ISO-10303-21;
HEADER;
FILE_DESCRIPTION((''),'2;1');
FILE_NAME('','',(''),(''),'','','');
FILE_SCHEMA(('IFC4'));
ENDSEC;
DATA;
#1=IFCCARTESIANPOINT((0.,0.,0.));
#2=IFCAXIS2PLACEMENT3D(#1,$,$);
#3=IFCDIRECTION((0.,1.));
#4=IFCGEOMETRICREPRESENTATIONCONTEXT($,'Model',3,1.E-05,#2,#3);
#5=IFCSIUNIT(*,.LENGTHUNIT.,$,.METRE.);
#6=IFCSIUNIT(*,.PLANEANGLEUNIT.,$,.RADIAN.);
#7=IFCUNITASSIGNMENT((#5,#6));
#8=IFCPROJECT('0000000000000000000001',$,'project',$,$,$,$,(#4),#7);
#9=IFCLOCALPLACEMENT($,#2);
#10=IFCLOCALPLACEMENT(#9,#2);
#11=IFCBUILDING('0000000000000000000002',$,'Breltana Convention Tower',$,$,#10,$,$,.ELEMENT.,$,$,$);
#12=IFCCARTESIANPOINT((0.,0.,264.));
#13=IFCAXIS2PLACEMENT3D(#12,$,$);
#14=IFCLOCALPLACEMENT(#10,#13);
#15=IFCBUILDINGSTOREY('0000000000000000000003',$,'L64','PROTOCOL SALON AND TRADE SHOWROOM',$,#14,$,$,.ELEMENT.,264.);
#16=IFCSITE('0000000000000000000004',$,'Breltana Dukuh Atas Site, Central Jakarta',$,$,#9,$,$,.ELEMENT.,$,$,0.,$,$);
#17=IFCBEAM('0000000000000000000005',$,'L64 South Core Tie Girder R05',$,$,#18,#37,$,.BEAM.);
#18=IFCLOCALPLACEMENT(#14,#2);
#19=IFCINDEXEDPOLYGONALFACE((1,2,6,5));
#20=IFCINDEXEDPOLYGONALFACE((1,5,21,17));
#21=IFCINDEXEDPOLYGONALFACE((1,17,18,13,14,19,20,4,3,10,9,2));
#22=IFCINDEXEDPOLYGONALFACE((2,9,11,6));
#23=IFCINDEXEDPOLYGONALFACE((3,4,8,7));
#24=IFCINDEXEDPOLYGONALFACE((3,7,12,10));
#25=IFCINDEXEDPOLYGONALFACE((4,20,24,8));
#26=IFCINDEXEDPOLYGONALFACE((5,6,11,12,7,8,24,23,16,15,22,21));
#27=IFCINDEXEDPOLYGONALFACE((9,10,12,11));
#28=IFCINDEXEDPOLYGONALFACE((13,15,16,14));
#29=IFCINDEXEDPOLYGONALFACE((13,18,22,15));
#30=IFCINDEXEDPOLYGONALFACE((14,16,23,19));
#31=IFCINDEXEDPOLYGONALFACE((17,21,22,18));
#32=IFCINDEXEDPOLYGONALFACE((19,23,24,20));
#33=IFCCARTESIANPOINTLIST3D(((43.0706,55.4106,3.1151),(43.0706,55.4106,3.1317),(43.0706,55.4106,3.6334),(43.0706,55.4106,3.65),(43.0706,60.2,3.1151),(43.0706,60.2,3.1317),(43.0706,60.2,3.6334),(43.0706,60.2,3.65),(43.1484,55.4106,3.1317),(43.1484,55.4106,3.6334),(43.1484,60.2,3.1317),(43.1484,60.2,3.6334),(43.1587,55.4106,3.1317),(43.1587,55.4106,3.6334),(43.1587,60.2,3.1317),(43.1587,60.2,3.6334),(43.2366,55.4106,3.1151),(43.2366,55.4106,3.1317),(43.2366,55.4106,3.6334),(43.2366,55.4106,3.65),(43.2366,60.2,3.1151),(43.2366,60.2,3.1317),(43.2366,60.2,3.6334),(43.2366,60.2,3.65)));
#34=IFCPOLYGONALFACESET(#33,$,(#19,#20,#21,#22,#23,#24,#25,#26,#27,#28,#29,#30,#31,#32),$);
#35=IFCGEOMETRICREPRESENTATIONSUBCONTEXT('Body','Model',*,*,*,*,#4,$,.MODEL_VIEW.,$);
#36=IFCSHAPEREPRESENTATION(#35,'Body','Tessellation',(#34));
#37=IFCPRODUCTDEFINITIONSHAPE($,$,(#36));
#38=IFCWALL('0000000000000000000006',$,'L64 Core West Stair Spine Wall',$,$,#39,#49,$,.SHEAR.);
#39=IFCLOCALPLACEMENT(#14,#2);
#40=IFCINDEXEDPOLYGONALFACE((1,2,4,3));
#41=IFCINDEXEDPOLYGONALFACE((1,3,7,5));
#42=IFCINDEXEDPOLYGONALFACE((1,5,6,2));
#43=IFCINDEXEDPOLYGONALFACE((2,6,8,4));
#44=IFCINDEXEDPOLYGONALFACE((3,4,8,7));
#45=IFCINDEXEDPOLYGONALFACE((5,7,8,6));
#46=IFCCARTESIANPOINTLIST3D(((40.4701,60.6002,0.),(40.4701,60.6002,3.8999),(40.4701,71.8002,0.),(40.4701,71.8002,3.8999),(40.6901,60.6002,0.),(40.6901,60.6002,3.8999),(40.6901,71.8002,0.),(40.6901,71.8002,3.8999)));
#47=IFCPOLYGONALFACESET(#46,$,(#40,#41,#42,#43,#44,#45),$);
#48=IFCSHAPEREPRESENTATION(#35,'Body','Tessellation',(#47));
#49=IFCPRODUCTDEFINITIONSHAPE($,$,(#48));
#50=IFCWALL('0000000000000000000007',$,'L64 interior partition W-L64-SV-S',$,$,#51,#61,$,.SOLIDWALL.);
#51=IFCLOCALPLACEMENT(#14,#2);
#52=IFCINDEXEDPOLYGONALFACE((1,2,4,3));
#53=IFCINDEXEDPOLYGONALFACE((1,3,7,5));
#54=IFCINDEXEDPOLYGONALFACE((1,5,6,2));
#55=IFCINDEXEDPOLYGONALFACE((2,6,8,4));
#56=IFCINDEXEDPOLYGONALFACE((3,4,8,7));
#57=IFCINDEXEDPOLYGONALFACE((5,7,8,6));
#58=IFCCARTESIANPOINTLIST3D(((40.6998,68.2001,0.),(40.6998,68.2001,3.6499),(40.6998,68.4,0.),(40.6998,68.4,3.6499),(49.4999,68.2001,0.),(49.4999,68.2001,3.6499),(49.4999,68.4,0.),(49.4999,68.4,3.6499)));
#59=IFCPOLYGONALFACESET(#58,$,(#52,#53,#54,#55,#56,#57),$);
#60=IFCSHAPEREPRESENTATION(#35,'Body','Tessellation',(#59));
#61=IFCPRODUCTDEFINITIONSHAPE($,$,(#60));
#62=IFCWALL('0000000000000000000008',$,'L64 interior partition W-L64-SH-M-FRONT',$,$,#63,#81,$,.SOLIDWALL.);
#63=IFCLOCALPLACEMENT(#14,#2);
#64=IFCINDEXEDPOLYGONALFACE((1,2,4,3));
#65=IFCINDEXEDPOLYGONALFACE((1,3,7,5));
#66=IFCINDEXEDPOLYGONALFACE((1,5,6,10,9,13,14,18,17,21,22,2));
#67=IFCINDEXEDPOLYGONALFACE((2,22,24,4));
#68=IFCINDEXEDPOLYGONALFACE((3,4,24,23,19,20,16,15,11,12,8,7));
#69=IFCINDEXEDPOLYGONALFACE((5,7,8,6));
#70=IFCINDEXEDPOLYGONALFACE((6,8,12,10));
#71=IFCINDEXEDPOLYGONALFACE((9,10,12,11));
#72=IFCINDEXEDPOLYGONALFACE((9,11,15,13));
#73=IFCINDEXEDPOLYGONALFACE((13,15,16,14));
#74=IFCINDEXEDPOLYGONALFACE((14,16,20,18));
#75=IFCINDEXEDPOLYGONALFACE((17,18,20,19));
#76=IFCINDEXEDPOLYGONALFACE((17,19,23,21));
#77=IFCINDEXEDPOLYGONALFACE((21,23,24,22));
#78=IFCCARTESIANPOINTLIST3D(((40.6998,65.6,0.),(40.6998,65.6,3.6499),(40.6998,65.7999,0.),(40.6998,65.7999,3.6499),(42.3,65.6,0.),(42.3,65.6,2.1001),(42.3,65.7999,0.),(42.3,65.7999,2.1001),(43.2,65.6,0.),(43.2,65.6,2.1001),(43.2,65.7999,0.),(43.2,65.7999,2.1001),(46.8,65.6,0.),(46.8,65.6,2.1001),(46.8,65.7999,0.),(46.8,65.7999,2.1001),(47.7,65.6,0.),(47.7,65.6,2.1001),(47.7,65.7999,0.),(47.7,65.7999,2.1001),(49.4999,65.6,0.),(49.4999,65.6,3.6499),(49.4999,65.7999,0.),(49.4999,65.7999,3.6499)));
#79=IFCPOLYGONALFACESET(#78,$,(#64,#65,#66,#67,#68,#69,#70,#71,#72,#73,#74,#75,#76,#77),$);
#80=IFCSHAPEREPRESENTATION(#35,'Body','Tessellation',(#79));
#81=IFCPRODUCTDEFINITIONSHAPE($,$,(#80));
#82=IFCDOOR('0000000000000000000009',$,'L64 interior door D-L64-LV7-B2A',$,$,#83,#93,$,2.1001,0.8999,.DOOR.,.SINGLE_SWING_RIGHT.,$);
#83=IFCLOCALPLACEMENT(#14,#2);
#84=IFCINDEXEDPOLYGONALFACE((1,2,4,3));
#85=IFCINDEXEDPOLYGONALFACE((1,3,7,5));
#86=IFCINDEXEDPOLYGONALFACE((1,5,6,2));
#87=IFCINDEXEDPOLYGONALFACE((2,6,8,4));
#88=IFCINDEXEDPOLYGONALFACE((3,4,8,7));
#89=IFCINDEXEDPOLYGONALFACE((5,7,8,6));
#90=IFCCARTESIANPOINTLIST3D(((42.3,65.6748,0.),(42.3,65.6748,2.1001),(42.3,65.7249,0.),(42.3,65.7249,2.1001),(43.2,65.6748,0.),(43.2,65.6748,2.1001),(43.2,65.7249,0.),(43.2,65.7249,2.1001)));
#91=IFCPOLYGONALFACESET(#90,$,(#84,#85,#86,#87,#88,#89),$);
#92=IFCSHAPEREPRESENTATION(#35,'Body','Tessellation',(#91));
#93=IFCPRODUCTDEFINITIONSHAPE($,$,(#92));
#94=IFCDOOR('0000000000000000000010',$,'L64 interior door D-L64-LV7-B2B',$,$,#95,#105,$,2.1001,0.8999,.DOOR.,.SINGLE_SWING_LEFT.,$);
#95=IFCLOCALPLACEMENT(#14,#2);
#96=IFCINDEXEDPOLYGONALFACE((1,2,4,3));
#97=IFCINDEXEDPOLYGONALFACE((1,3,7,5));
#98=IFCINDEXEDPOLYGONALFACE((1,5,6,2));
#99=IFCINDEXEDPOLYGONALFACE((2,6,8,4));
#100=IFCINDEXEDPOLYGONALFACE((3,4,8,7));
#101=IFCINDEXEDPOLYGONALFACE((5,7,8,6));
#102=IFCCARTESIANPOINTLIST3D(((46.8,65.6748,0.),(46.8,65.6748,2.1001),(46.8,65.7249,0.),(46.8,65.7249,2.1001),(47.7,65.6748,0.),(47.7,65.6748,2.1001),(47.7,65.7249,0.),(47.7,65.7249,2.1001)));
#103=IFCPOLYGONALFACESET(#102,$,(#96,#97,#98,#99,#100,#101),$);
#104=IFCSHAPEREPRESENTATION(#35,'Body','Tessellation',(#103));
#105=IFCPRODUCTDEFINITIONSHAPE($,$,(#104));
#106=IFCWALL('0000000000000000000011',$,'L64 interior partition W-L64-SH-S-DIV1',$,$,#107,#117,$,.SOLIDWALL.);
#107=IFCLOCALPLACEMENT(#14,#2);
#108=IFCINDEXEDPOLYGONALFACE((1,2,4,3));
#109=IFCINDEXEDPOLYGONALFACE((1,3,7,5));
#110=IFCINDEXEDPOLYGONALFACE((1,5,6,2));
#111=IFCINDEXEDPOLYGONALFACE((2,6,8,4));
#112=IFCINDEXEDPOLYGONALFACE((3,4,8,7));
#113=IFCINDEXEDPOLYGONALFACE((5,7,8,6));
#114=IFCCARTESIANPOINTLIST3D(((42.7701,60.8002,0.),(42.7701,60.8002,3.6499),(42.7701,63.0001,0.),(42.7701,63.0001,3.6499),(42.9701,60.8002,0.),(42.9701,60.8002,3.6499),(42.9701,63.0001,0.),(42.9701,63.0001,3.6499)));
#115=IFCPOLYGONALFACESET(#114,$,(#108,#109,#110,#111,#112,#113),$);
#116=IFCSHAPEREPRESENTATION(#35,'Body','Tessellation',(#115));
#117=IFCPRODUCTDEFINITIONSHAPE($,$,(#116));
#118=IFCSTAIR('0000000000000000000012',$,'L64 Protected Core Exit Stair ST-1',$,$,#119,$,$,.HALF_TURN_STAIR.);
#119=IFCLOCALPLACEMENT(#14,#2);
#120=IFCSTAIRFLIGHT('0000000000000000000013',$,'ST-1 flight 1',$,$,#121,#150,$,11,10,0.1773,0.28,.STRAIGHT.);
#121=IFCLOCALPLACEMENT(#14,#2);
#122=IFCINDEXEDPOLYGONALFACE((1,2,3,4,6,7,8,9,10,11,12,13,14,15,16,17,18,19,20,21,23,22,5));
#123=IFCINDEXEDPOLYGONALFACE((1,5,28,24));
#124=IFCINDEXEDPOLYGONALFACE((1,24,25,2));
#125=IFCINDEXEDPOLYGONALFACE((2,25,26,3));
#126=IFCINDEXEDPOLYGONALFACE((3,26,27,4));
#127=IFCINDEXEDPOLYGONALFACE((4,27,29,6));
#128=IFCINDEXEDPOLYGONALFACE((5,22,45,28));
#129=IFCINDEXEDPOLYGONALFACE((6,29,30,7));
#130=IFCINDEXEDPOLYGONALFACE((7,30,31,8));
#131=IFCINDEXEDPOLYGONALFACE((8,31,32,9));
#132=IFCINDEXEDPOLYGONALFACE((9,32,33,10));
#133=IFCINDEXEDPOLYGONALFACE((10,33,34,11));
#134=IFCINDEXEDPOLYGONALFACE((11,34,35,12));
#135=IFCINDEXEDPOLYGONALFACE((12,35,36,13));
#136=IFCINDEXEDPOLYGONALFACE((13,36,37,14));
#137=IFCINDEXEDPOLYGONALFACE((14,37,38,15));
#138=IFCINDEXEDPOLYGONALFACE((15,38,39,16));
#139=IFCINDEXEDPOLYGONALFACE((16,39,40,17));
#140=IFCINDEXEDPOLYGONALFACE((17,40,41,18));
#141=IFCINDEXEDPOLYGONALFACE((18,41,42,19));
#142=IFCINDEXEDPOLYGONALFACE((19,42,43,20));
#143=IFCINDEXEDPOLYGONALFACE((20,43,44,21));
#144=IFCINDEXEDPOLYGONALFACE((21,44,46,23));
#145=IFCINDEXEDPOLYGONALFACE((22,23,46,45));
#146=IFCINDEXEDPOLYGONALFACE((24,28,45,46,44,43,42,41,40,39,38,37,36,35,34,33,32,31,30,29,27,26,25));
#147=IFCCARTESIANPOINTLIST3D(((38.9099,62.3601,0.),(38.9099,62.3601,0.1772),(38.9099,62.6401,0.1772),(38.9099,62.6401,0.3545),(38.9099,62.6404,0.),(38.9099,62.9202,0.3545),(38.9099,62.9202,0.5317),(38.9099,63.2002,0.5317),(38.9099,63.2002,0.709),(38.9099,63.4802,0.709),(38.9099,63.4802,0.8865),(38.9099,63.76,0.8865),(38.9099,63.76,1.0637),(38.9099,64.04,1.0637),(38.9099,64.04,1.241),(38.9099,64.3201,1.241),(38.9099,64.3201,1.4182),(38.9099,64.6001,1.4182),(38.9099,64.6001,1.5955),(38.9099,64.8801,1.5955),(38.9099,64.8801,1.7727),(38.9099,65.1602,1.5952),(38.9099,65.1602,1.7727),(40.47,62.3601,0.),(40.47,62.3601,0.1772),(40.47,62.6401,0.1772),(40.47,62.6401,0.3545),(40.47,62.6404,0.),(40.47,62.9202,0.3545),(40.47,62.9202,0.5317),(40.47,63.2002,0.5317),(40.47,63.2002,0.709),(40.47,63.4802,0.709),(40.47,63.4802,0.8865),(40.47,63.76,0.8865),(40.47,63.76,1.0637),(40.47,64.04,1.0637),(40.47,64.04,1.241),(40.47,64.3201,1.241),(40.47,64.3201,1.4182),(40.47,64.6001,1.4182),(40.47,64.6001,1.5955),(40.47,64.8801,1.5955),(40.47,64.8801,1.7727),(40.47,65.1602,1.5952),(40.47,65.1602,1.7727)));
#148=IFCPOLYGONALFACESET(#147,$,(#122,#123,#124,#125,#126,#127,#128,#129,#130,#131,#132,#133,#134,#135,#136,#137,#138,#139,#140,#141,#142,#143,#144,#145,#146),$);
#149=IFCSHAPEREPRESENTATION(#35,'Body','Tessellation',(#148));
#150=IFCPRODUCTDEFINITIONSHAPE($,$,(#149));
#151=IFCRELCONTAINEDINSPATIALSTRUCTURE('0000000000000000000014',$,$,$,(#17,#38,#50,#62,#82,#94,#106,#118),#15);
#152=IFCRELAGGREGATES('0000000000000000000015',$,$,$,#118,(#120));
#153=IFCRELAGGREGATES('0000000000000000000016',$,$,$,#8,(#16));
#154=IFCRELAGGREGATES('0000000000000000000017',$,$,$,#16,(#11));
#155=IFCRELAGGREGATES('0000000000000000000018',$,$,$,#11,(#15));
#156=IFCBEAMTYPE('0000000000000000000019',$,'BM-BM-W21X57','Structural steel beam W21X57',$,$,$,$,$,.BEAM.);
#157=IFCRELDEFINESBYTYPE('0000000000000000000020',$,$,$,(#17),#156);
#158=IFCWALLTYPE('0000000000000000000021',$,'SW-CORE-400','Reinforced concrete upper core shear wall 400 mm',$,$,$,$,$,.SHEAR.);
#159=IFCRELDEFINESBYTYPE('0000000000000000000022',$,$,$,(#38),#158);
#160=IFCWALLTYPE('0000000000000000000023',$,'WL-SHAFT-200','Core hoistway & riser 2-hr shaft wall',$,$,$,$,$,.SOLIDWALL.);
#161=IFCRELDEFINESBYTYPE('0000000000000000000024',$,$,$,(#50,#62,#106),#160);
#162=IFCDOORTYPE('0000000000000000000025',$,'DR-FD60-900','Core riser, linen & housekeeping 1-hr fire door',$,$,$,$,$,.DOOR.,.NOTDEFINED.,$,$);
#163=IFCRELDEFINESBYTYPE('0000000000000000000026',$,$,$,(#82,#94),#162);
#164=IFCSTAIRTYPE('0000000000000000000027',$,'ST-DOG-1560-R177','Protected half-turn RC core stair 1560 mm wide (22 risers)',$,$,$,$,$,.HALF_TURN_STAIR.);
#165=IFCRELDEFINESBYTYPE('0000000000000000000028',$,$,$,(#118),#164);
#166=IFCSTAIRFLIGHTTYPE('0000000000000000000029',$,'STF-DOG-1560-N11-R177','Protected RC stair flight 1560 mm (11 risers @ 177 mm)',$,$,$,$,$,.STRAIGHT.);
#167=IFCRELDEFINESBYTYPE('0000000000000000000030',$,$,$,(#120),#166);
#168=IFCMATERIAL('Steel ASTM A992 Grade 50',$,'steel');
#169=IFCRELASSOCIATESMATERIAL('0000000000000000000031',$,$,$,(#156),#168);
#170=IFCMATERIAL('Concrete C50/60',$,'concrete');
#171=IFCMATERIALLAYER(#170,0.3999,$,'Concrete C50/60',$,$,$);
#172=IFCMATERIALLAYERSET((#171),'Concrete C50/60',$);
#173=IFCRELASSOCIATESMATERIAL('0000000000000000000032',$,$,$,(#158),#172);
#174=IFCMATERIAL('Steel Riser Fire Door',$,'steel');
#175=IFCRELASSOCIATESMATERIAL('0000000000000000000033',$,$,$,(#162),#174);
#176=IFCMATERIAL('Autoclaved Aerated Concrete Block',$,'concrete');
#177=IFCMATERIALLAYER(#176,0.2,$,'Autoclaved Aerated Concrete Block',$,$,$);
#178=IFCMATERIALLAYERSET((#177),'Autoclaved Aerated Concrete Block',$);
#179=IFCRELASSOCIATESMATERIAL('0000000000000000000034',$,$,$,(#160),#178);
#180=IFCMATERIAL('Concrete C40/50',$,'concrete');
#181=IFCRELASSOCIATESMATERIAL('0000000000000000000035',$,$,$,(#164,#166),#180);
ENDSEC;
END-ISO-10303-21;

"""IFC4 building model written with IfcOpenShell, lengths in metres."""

from ifc_helpers import new_model, si_unit, direction, frame, frame_2d, origin, origin_2d, place, context, subcontext, project, spatial, polyline, rectangle, i_section, outline, extrude, source, transform, mapped, material, layer, layer_set, material_profile, profile_set, type_object, type_shapes, element, fill, aggregate, save


model = new_model("IFC4")

# Units and contexts
model_context = context("Model", 3, precision=1e-05, world=origin(), true_north=direction((0.0, 1.0)))
body_context = subcontext(model_context, "Body", "Model", "MODEL_VIEW")
ifc_project = project(units=[si_unit("LENGTHUNIT", "METRE"), si_unit("PLANEANGLEUNIT", "RADIAN")], contexts=[model_context])

# Site, building, storey
site_placement = place(None, origin())
site = spatial("IfcSite", under=ifc_project, at=site_placement, Name="Breltana Dukuh Atas Site, Central Jakarta", CompositionType="ELEMENT", RefElevation=0.0)
building_placement = place(site_placement, origin())
building = spatial("IfcBuilding", under=site, at=building_placement, Name="Breltana Convention Tower", CompositionType="ELEMENT")
storey_placement = place(building_placement, frame((0.0, 0.0, 264.0)))
storey = spatial("IfcBuildingStorey", under=building, at=storey_placement, Name="L64", Description="PROTOCOL SALON AND TRADE SHOWROOM", CompositionType="ELEMENT", Elevation=264.0)

# Beam
ifc_material_1 = material(Name="Steel ASTM A992 Grade 50", Category="steel")
ifc_material_profile = material_profile(ifc_material_1, i_section(OverallWidth=0.166, OverallDepth=0.5349, WebThickness=0.0103, FlangeThickness=0.0166, at=origin_2d()), Name="W21X57")
ifc_profile_set = profile_set([ifc_material_profile], Name="Steel ASTM A992 Grade 50")
beam_type = type_object("IfcBeamType", Name="BM-BM-W21X57", Description="Structural steel beam W21X57", PredefinedType="BEAM", material=ifc_profile_set)
shared_shape_1 = source(origin(), body_context, "Body", "SweptSolid", [
    extrude(i_section(OverallWidth=0.166, OverallDepth=0.5349, WebThickness=0.0103, FlangeThickness=0.0166, at=origin_2d()), origin(), (0.0, 0.0, 1.0), 4.7893),
])
beam_placement = place(storey_placement, frame((43.1536, 60.2, 3.3826), z_axis=(0.0, -1.0, 0.0), x_axis=(1.0, 0.0, 0.0)))
element("IfcBeam", 1, at=beam_placement, inside=storey, type_object=beam_type, Name="L64 South Core Tie Girder R05", PredefinedType="BEAM", context=body_context, shape_type="MappedRepresentation", body=[
    mapped(shared_shape_1, transform((0.0, 0.0, 0.0), scale=1.0)),
])

# Shared definitions
ifc_material_2 = material(Name="Concrete C50/60", Category="concrete")
ifc_layer_1 = layer(ifc_material_2, 0.3999, Name="Concrete C50/60")
ifc_layer_set_1 = layer_set([ifc_layer_1], Name="Concrete C50/60")
wall_type_1 = type_object("IfcWallType", Name="SW-CORE-400", Description="Reinforced concrete upper core shear wall 400 mm", PredefinedType="SHEAR", material=ifc_layer_set_1)
ifc_material_3 = material(Name="Steel Riser Fire Door", Category="steel")
door_type_1 = type_object("IfcDoorType", Name="DR-FD60-900", Description="Core riser, linen & housekeeping 1-hr fire door", OperationType="NOTDEFINED", PredefinedType="DOOR", material=ifc_material_3)
shared_shape_2 = source(origin(), body_context, "Body", "SweptSolid", [
    extrude(rectangle(XDim=0.8999, YDim=2.1001, at=frame_2d((0.45, 1.05))), frame((0.0, 0.0249, 0.0), z_axis=(0.0, -1.0, 0.0), x_axis=(1.0, 0.0, 0.0)), (0.0, 0.0, 1.0), 0.05),
])
type_shapes(door_type_1, [shared_shape_2])

# Walls
shared_shape_3 = source(origin(), body_context, "Body", "SweptSolid", [
    extrude(rectangle(XDim=11.2, YDim=0.22, at=frame_2d((5.6001, 0.0))), origin(), (0.0, 0.0, 1.0), 3.8999),
])
wall_1_placement = place(storey_placement, frame((40.5801, 60.6001, 0.0), z_axis=(0.0, 0.0, 1.0), x_axis=(0.0, 1.0, 0.0)))
element("IfcWall", 2, at=wall_1_placement, inside=storey, type_object=wall_type_1, Name="L64 Core West Stair Spine Wall", PredefinedType="SHEAR", context=body_context, shape_type="MappedRepresentation", body=[
    mapped(shared_shape_3, transform((0.0, 0.0, 0.0), scale=1.0)),
])
ifc_material_4 = material(Name="Autoclaved Aerated Concrete Block", Category="concrete")
ifc_layer_2 = layer(ifc_material_4, 0.2, Name="Autoclaved Aerated Concrete Block")
ifc_layer_set_2 = layer_set([ifc_layer_2], Name="Autoclaved Aerated Concrete Block")
wall_type_2 = type_object("IfcWallType", Name="WL-SHAFT-200", Description="Core hoistway & riser 2-hr shaft wall", PredefinedType="SOLIDWALL", material=ifc_layer_set_2)
shared_shape_4 = source(origin(), body_context, "Body", "SweptSolid", [
    extrude(rectangle(XDim=8.8, YDim=0.2, at=frame_2d((4.3999, 0.0))), origin(), (0.0, 0.0, 1.0), 3.6499),
])
wall_2_placement = place(storey_placement, frame((40.7, 68.3, 0.0), z_axis=(0.0, 0.0, 1.0), x_axis=(1.0, 0.0, 0.0)))
element("IfcWall", 3, at=wall_2_placement, inside=storey, type_object=wall_type_2, Name="L64 interior partition W-L64-SV-S", PredefinedType="SOLIDWALL", context=body_context, shape_type="MappedRepresentation", body=[
    mapped(shared_shape_4, transform((0.0, 0.0, 0.0), scale=1.0)),
])

# Wall, openings, doors
wall_3_placement = place(storey_placement, frame((40.7, 65.7, 0.0), z_axis=(0.0, 0.0, 1.0), x_axis=(1.0, 0.0, 0.0)))
wall_3 = element("IfcWall", 4, at=wall_3_placement, inside=storey, type_object=wall_type_2, Name="L64 interior partition W-L64-SH-M-FRONT", PredefinedType="SOLIDWALL", context=body_context, shape_type="MappedRepresentation", body=[
    mapped(shared_shape_4, transform((0.0, 0.0, 0.0), scale=1.0)),
])
opening_1_placement = place(wall_3_placement, frame((1.6001, 0.0, 0.0)))
opening_1 = element("IfcOpeningElement", 5, at=opening_1_placement, cuts=wall_3, PredefinedType="OPENING", context=body_context, shape_type="SweptSolid", body=[
    extrude(rectangle(XDim=0.8999, YDim=2.1001, at=frame_2d((0.45, 1.05))), frame((0.0, 0.1099, 0.0), z_axis=(0.0, -1.0, 0.0), x_axis=(1.0, 0.0, 0.0)), (0.0, 0.0, 1.0), 0.22),
])
opening_2_placement = place(wall_3_placement, frame((6.1001, 0.0, 0.0)))
opening_2 = element("IfcOpeningElement", 6, at=opening_2_placement, cuts=wall_3, PredefinedType="OPENING", context=body_context, shape_type="SweptSolid", body=[
    extrude(rectangle(XDim=0.8999, YDim=2.1001, at=frame_2d((0.45, 1.05))), frame((0.0, 0.1099, 0.0), z_axis=(0.0, -1.0, 0.0), x_axis=(1.0, 0.0, 0.0)), (0.0, 0.0, 1.0), 0.22),
])
door_1_placement = place(opening_1_placement, origin())
door_1 = element("IfcDoor", 7, at=door_1_placement, inside=storey, type_object=door_type_1, Name="L64 interior door D-L64-LV7-B2A", OperationType="SINGLE_SWING_RIGHT", OverallHeight=2.1001, OverallWidth=0.8999, PredefinedType="DOOR", context=body_context, shape_type="MappedRepresentation", body=[
    mapped(shared_shape_2, transform((0.0, 0.0, 0.0), scale=1.0)),
])
fill(opening_1, door_1)
door_2_placement = place(opening_2_placement, origin())
door_2 = element("IfcDoor", 8, at=door_2_placement, inside=storey, type_object=door_type_1, Name="L64 interior door D-L64-LV7-B2B", OperationType="SINGLE_SWING_LEFT", OverallHeight=2.1001, OverallWidth=0.8999, PredefinedType="DOOR", context=body_context, shape_type="MappedRepresentation", body=[
    mapped(shared_shape_2, transform((0.0, 0.0, 0.0), scale=1.0)),
])
fill(opening_2, door_2)

# Wall
shared_shape_5 = source(origin(), body_context, "Body", "SweptSolid", [
    extrude(rectangle(XDim=2.2, YDim=0.2, at=frame_2d((1.1001, 0.0))), origin(), (0.0, 0.0, 1.0), 3.6499),
])
wall_4_placement = place(storey_placement, frame((42.8701, 60.8, 0.0), z_axis=(0.0, 0.0, 1.0), x_axis=(0.0, 1.0, 0.0)))
element("IfcWall", 9, at=wall_4_placement, inside=storey, type_object=wall_type_2, Name="L64 interior partition W-L64-SH-S-DIV1", PredefinedType="SOLIDWALL", context=body_context, shape_type="MappedRepresentation", body=[
    mapped(shared_shape_5, transform((0.0, 0.0, 0.0), scale=1.0)),
])

# Stair, stair flight
ifc_material_5 = material(Name="Concrete C40/50", Category="concrete")
stair_type = type_object("IfcStairType", Name="ST-DOG-1560-R177", Description="Protected half-turn RC core stair 1560 mm wide (22 risers)", PredefinedType="HALF_TURN_STAIR", material=ifc_material_5)
stair_placement = place(storey_placement, origin())
stair = element("IfcStair", 10, at=stair_placement, inside=storey, type_object=stair_type, Name="L64 Protected Core Exit Stair ST-1", PredefinedType="HALF_TURN_STAIR")
stair_flight_type = type_object("IfcStairFlightType", Name="STF-DOG-1560-N11-R177", Description="Protected RC stair flight 1560 mm (11 risers @ 177 mm)", PredefinedType="STRAIGHT", material=ifc_material_5)
stair_flight_1_placement = place(storey_placement, frame((39.6899, 62.3601, 0.0), z_axis=(0.0, 0.0, 1.0), x_axis=(0.0, 1.0, 0.0)))
stair_flight_1 = element("IfcStairFlight", 11, at=stair_flight_1_placement, type_object=stair_flight_type, Name="ST-1 flight 1", NumberOfRisers=11, NumberOfTreads=10, PredefinedType="STRAIGHT", RiserHeight=0.1773, TreadLength=0.28, context=body_context, shape_type="SweptSolid", body=[
    extrude(outline(polyline([(0.0, 0.0), (0.0, 0.1772), (0.28, 0.1772), (0.28, 0.3545), (0.5601, 0.3545), (0.5601, 0.5317), (0.8401, 0.5317), (0.8401, 0.709), (1.1201, 0.709), (1.1201, 0.8865), (1.3999, 0.8865), (1.3999, 1.0637), (1.6799, 1.0637), (1.6799, 1.241), (1.96, 1.241), (1.96, 1.4182), (2.24, 1.4182), (2.24, 1.5955), (2.52, 1.5955), (2.52, 1.7727), (2.8, 1.7727), (2.8, 1.95), (2.8, 1.5952), (0.2803, 0.0), (0.0, 0.0)])), frame((0.0, 0.78, 0.0), z_axis=(0.0, -1.0, 0.0), x_axis=(1.0, 0.0, 0.0)), (0.0, 0.0, 1.0), 1.5601),
])
aggregate(stair, [stair_flight_1])

save(model, "model.ifc")
